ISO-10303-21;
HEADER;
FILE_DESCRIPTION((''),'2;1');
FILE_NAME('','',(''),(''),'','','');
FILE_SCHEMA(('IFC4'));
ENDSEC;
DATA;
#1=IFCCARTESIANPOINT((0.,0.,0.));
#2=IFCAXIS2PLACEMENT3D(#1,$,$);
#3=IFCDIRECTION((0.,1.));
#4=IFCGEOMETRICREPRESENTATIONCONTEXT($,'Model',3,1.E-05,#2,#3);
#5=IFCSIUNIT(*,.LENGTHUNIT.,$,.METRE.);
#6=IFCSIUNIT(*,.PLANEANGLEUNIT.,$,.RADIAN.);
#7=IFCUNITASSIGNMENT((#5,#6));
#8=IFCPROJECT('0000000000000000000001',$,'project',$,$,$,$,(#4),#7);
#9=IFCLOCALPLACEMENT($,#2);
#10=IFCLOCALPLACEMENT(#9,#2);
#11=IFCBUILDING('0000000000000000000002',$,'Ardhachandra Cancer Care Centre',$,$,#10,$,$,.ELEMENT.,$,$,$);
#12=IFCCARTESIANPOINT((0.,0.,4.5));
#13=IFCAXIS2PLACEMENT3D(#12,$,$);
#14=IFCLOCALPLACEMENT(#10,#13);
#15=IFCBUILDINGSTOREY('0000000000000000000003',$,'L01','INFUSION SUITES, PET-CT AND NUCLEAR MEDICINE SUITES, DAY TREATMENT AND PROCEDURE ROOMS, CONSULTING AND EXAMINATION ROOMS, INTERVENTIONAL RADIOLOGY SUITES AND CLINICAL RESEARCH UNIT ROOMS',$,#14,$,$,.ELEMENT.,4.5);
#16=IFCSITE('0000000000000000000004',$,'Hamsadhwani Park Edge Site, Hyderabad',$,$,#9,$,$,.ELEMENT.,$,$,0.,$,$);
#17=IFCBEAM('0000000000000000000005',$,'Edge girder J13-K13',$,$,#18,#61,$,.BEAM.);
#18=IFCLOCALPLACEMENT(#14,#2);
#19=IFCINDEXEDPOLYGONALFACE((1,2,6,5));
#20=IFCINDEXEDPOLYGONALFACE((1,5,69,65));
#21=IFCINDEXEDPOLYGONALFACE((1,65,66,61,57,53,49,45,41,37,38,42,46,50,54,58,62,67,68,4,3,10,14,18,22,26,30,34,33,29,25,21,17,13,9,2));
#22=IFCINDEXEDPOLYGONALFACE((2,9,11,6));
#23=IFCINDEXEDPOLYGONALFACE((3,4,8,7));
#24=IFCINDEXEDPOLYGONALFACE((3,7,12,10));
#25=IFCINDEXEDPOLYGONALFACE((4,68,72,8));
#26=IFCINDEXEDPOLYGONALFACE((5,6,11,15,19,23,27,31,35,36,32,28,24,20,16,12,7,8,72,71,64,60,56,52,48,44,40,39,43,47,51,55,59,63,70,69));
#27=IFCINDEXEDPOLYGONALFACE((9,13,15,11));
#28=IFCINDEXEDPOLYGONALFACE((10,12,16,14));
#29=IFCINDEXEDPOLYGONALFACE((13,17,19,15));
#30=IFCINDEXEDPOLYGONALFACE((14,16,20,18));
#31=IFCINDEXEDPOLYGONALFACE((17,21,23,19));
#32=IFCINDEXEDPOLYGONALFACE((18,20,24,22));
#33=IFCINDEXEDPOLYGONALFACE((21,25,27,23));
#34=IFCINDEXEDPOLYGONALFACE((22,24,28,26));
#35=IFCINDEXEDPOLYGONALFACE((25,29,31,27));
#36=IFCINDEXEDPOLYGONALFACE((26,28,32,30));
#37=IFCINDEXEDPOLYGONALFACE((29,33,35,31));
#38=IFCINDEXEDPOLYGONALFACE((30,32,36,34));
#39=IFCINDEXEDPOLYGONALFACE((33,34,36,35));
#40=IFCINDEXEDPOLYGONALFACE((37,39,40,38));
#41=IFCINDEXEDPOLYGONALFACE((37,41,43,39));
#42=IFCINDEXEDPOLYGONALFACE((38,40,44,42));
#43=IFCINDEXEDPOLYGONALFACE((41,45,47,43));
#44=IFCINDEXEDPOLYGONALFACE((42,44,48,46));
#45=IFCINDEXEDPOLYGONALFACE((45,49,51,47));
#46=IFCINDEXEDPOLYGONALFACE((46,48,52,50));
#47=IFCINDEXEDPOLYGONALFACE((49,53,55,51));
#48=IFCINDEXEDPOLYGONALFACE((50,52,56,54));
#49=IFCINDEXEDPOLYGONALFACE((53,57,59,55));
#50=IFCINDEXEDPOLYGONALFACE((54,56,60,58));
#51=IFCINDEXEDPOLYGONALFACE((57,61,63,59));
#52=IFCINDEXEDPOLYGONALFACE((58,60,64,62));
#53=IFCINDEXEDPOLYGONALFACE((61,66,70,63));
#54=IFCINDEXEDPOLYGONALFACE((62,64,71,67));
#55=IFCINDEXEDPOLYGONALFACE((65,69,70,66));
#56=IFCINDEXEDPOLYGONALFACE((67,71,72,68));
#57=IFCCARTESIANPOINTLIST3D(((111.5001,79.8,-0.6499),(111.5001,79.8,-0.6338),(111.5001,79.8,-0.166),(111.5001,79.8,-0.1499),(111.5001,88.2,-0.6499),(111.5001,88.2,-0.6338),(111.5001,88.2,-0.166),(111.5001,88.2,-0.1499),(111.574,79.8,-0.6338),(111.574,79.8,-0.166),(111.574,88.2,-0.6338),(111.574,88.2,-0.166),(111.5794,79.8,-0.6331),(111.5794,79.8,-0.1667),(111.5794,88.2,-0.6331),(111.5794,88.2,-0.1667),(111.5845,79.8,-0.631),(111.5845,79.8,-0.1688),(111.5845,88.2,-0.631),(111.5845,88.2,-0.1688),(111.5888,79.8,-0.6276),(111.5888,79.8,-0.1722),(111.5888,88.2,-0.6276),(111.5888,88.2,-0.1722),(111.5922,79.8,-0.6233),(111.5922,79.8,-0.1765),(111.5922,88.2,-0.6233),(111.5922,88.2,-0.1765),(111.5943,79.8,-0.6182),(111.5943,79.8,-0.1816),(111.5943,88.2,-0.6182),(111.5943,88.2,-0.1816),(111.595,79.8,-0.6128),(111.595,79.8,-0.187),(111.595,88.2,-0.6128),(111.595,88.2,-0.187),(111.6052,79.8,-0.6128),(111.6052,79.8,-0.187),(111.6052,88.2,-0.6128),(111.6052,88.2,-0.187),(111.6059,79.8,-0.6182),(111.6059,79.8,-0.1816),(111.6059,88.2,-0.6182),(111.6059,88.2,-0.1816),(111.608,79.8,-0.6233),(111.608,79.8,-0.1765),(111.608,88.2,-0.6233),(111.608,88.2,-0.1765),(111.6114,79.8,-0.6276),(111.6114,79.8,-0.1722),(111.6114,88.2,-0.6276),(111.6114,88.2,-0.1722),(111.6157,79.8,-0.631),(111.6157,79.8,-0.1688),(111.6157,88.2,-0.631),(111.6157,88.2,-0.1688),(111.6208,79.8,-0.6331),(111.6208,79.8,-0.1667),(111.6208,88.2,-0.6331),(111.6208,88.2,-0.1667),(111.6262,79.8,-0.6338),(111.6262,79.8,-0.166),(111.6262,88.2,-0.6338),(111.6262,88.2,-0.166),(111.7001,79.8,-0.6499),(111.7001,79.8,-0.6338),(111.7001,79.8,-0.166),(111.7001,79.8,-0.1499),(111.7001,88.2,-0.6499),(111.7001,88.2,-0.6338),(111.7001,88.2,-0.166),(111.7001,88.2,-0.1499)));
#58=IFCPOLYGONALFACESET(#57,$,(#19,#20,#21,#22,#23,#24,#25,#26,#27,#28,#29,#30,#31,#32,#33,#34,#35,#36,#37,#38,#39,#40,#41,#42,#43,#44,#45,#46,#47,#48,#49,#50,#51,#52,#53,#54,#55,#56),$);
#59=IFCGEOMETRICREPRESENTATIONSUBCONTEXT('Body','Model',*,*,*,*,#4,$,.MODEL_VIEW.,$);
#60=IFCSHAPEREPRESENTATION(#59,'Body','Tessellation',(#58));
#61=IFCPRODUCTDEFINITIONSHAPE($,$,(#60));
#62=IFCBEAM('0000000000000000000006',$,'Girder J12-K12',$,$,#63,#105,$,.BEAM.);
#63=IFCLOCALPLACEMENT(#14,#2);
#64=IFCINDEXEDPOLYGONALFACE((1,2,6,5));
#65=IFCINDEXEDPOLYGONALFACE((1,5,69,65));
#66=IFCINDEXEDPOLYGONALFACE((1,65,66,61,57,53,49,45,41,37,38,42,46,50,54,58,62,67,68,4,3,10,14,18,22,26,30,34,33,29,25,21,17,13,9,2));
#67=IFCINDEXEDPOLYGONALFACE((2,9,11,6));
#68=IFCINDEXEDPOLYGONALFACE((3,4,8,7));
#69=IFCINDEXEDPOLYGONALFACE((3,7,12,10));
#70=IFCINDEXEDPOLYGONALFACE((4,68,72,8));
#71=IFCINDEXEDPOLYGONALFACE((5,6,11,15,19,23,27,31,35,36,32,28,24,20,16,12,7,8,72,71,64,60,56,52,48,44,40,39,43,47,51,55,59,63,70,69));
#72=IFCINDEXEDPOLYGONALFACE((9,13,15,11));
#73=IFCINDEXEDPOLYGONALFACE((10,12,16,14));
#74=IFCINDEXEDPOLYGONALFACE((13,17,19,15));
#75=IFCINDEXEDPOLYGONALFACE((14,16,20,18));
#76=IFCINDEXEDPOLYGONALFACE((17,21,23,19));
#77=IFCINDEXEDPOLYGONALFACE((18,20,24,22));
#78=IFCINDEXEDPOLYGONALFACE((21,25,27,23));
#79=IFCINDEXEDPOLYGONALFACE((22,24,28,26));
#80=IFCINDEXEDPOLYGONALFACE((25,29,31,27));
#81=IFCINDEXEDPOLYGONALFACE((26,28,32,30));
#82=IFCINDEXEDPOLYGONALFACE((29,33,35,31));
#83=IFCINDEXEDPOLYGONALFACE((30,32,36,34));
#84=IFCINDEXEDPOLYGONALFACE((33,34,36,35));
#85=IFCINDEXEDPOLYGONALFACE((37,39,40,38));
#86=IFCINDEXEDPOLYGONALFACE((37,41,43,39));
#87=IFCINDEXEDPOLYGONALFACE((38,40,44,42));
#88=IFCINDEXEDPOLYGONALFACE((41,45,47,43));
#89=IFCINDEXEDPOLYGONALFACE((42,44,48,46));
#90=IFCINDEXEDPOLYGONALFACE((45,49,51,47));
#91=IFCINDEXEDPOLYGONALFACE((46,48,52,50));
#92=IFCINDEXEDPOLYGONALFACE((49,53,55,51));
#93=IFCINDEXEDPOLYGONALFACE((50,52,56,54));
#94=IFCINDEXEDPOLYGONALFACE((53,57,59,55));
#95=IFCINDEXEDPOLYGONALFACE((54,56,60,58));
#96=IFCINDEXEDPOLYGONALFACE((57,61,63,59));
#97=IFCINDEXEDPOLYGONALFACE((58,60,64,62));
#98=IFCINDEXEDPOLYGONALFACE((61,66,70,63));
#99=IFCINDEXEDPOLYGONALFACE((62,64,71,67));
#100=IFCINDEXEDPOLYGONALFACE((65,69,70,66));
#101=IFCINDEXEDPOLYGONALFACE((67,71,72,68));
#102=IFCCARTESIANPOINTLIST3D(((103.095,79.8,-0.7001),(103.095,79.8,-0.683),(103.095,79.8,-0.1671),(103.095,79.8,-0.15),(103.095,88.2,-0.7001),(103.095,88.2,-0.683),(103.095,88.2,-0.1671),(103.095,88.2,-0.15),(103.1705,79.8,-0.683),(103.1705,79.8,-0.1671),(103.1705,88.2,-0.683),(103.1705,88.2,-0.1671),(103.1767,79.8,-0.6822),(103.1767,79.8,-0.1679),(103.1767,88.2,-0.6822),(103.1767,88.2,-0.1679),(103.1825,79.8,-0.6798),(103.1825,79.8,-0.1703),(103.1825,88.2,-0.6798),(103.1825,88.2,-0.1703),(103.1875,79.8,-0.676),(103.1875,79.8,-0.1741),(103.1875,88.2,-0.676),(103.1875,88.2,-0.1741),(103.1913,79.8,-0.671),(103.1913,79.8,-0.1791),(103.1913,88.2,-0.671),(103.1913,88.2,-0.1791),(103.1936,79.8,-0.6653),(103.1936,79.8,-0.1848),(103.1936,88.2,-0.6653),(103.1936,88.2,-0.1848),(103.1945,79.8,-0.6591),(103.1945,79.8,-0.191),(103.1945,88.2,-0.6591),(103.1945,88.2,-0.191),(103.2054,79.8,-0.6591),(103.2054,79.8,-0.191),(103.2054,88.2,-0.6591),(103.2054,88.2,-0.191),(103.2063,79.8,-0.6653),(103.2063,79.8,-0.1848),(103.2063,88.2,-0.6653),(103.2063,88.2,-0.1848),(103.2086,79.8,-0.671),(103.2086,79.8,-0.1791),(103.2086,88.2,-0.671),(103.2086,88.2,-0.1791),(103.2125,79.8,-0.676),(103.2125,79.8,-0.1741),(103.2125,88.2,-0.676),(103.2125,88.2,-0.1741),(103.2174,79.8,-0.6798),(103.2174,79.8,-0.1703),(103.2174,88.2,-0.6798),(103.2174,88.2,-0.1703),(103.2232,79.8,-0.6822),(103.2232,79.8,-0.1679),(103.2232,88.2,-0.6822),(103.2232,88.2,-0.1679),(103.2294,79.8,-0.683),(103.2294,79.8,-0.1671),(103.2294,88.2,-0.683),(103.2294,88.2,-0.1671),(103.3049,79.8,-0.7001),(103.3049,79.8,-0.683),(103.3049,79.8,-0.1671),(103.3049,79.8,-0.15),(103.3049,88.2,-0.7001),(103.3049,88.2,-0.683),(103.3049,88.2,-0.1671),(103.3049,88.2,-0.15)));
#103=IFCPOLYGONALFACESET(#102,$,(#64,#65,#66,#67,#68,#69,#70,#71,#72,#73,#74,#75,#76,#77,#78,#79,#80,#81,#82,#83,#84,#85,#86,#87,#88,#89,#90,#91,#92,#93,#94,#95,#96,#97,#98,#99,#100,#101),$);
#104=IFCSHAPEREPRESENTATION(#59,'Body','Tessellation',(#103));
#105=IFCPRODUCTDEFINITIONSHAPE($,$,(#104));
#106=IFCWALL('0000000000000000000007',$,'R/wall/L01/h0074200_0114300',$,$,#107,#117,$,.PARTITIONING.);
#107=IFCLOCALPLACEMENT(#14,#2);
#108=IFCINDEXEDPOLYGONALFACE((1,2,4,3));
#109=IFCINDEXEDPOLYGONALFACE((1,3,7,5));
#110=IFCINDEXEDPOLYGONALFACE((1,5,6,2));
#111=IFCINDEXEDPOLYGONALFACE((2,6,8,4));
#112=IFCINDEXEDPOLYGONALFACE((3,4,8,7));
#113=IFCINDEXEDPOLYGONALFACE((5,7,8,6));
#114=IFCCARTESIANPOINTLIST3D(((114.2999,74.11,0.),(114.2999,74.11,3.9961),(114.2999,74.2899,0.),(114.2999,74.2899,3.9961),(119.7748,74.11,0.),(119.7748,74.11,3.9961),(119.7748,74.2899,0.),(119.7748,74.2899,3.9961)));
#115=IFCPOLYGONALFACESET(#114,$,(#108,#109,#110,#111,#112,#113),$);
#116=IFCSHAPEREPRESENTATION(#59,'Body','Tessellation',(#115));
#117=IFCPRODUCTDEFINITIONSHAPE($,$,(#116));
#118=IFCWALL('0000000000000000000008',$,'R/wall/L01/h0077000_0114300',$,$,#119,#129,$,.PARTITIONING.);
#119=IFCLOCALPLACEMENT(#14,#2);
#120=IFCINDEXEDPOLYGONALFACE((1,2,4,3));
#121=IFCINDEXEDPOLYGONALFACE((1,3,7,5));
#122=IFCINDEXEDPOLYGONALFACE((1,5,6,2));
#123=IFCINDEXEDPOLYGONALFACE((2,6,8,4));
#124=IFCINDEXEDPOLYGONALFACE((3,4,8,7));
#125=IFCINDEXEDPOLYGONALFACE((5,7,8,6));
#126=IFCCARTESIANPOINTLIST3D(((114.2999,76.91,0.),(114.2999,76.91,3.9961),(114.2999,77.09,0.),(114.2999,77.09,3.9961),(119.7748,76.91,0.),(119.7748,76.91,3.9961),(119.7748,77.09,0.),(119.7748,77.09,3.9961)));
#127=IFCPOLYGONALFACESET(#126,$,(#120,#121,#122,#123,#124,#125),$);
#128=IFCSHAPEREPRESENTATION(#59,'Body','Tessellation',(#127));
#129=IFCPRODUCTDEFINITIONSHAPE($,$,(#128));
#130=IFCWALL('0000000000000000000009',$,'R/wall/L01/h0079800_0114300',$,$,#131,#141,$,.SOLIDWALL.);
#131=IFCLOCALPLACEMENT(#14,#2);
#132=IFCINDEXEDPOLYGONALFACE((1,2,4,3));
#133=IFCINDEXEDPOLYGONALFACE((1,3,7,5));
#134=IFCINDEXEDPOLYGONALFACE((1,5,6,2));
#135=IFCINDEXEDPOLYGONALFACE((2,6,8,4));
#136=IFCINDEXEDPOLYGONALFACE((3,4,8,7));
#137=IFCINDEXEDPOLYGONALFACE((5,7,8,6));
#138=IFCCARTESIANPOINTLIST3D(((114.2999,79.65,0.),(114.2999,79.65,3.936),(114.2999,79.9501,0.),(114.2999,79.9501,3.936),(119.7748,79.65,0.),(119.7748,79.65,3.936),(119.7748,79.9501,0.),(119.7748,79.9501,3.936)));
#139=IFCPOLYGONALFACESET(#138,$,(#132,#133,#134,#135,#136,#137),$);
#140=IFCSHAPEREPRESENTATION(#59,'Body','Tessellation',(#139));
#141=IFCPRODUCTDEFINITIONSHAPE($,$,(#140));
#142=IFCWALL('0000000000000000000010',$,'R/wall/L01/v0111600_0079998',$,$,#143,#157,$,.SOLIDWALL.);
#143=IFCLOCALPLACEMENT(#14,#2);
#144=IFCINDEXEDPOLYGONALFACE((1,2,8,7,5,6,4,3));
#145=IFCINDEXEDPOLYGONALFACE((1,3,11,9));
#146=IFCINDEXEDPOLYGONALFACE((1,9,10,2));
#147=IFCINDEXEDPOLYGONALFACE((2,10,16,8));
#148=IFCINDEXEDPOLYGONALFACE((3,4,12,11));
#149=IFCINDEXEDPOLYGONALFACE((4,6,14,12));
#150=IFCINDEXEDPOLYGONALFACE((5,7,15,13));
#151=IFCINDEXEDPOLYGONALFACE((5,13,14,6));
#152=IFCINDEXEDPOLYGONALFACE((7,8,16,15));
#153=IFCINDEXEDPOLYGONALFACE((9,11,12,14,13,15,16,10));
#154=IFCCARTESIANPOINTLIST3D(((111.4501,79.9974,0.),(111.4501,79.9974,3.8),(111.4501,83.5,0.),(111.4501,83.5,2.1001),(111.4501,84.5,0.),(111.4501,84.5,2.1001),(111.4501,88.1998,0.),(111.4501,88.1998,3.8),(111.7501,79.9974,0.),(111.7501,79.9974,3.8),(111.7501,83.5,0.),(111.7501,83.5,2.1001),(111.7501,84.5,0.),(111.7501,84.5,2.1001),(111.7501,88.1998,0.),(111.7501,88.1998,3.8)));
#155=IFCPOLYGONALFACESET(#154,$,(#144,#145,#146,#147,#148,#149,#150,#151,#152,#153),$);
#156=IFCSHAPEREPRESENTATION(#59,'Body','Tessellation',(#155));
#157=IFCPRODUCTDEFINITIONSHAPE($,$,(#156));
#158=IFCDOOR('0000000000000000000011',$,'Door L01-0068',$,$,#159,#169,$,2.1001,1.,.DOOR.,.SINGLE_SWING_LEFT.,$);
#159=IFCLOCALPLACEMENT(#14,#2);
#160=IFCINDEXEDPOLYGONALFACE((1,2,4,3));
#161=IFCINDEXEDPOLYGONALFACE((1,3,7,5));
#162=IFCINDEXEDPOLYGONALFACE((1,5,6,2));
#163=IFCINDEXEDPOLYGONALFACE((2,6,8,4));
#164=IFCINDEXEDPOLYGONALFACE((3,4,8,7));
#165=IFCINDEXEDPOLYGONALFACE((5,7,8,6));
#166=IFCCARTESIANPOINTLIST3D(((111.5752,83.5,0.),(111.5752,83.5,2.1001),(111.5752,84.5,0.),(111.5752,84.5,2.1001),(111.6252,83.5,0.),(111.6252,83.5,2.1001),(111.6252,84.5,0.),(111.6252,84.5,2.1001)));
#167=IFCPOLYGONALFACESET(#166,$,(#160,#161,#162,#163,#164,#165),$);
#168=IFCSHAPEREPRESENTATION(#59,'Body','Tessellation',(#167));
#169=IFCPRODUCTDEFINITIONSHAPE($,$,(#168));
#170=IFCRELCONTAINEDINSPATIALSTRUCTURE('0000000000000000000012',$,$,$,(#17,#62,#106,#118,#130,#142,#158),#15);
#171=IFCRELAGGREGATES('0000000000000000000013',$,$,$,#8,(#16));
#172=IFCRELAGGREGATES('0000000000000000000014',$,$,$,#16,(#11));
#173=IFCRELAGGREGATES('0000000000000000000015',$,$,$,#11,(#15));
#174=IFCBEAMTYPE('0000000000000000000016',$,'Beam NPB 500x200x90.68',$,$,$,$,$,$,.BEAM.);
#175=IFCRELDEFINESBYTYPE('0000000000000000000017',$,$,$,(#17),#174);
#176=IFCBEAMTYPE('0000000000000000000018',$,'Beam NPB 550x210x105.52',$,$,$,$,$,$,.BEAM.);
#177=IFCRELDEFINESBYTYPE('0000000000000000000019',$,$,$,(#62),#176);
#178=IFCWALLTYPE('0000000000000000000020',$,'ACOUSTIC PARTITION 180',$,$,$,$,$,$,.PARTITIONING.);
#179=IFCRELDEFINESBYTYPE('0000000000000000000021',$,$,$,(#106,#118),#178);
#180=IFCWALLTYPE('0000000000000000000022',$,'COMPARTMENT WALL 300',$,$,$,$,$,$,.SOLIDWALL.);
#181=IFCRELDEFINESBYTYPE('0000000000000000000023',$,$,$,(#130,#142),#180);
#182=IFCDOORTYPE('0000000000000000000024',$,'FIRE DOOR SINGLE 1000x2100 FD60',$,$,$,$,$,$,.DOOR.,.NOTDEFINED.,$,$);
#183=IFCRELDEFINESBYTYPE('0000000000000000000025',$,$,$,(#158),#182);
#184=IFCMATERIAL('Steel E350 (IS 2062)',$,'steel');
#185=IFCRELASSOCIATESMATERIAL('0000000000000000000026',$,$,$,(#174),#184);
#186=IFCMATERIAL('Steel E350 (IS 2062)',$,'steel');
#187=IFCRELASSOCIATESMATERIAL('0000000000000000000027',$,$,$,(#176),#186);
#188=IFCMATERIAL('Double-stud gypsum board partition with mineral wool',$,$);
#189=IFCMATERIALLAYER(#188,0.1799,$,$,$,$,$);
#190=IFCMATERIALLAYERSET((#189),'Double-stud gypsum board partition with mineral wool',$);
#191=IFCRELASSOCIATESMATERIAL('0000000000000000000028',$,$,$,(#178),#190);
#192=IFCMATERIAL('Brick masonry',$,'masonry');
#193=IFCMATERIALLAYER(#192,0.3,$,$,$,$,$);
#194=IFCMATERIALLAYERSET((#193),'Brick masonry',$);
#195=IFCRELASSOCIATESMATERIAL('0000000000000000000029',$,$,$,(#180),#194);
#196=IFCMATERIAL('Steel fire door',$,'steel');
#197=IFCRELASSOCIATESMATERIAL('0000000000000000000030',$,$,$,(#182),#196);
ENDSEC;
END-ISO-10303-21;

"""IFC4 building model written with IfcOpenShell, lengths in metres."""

from ifc_helpers import new_model, si_unit, direction, frame, frame_2d, origin, origin_2d, place, context, subcontext, project, spatial, rectangle, i_section, extrude, material, layer, layer_set, material_profile, profile_set, type_object, element, fill, save


model = new_model("IFC4")

# Units and contexts
model_context = context("Model", 3, precision=1e-05, world=origin(), true_north=direction((0.0, 1.0)))
body_context = subcontext(model_context, "Body", "Model", "MODEL_VIEW")
ifc_project = project(units=[si_unit("LENGTHUNIT", "METRE"), si_unit("PLANEANGLEUNIT", "RADIAN")], contexts=[model_context])

# Site, building, storey
site_placement = place(None, origin())
site = spatial("IfcSite", under=ifc_project, at=site_placement, Name="Hamsadhwani Park Edge Site, Hyderabad", CompositionType="ELEMENT", RefElevation=0.0)
building_placement = place(site_placement, origin())
building = spatial("IfcBuilding", under=site, at=building_placement, Name="Ardhachandra Cancer Care Centre", CompositionType="ELEMENT")
storey_placement = place(building_placement, frame((0.0, 0.0, 4.5)))
storey = spatial("IfcBuildingStorey", under=building, at=storey_placement, Name="L01", Description="INFUSION SUITES, PET-CT AND NUCLEAR MEDICINE SUITES, DAY TREATMENT AND PROCEDURE ROOMS, CONSULTING AND EXAMINATION ROOMS, INTERVENTIONAL RADIOLOGY SUITES AND CLINICAL RESEARCH UNIT ROOMS", CompositionType="ELEMENT", Elevation=4.5)

# Beams
ifc_material_1 = material(Name="Steel E350 (IS 2062)", Category="steel")
ifc_material_profile_1 = material_profile(ifc_material_1, i_section(OverallWidth=0.2, OverallDepth=0.5, WebThickness=0.0103, FlangeThickness=0.0161, FilletRadius=0.021, at=origin_2d()), Name="NPB 500x200x90.68")
ifc_profile_set_1 = profile_set([ifc_material_profile_1], Name="Steel E350 (IS 2062)")
beam_type_1 = type_object("IfcBeamType", Name="Beam NPB 500x200x90.68", PredefinedType="BEAM", material=ifc_profile_set_1)
for number, where, z_axis, x_axis, name in (
    (1, (111.6001, 79.8, -0.3999), (0.0, 1.0, 0.0), (-1.0, 0.0, 0.0), "Edge girder J13-K13"),
):
    element("IfcBeam", number, at=place(storey_placement, frame(where, z_axis=z_axis, x_axis=x_axis)), inside=storey, type_object=beam_type_1, Name=name, PredefinedType="BEAM", context=body_context, shape_type="SweptSolid", body=[
        extrude(i_section(OverallWidth=0.2, OverallDepth=0.5, WebThickness=0.0103, FlangeThickness=0.0161, FilletRadius=0.021, at=origin_2d()), origin(), (0.0, 0.0, 1.0), 8.3999),
    ])
ifc_material_2 = material(Name="Steel E350 (IS 2062)", Category="steel")
ifc_material_profile_2 = material_profile(ifc_material_2, i_section(OverallWidth=0.21, OverallDepth=0.55, WebThickness=0.011, FlangeThickness=0.0171, FilletRadius=0.0239, at=origin_2d()), Name="NPB 550x210x105.52")
ifc_profile_set_2 = profile_set([ifc_material_profile_2], Name="Steel E350 (IS 2062)")
beam_type_2 = type_object("IfcBeamType", Name="Beam NPB 550x210x105.52", PredefinedType="BEAM", material=ifc_profile_set_2)
beam_1_placement = place(storey_placement, frame((103.2, 79.8, -0.425), z_axis=(0.0, 1.0, 0.0), x_axis=(-1.0, 0.0, 0.0)))
element("IfcBeam", 2, at=beam_1_placement, inside=storey, type_object=beam_type_2, Name="Girder J12-K12", PredefinedType="BEAM", context=body_context, shape_type="SweptSolid", body=[
    extrude(i_section(OverallWidth=0.21, OverallDepth=0.55, WebThickness=0.011, FlangeThickness=0.0171, FilletRadius=0.0239, at=origin_2d()), origin(), (0.0, 0.0, 1.0), 8.3999),
])

# Walls
ifc_material_3 = material(Name="Double-stud gypsum board partition with mineral wool")
ifc_layer_1 = layer(ifc_material_3, 0.1799)
ifc_layer_set_1 = layer_set([ifc_layer_1], Name="Double-stud gypsum board partition with mineral wool")
wall_type_1 = type_object("IfcWallType", Name="ACOUSTIC PARTITION 180", PredefinedType="PARTITIONING", material=ifc_layer_set_1)
for number, where, z_axis, x_axis, name in (
    (3, (114.3, 74.2, 0.0), (0.0, 0.0, 1.0), (1.0, 0.0, 0.0), "R/wall/L01/h0074200_0114300"),
    (4, (114.3, 77.0, 0.0), (0.0, 0.0, 1.0), (1.0, 0.0, 0.0), "R/wall/L01/h0077000_0114300"),
):
    element("IfcWall", number, at=place(storey_placement, frame(where, z_axis=z_axis, x_axis=x_axis)), inside=storey, type_object=wall_type_1, Name=name, PredefinedType="PARTITIONING", context=body_context, shape_type="SweptSolid", body=[
        extrude(rectangle(XDim=5.4749, YDim=0.1799, at=frame_2d((2.7373, 0.0))), origin(), (0.0, 0.0, 1.0), 3.9961),
    ])
ifc_material_4 = material(Name="Brick masonry", Category="masonry")
ifc_layer_2 = layer(ifc_material_4, 0.3)
ifc_layer_set_2 = layer_set([ifc_layer_2], Name="Brick masonry")
wall_type_2 = type_object("IfcWallType", Name="COMPARTMENT WALL 300", PredefinedType="SOLIDWALL", material=ifc_layer_set_2)
wall_1_placement = place(storey_placement, frame((114.3, 79.8, 0.0), z_axis=(0.0, 0.0, 1.0), x_axis=(1.0, 0.0, 0.0)))
element("IfcWall", 5, at=wall_1_placement, inside=storey, type_object=wall_type_2, Name="R/wall/L01/h0079800_0114300", PredefinedType="SOLIDWALL", context=body_context, shape_type="SweptSolid", body=[
    extrude(rectangle(XDim=5.4749, YDim=0.3, at=frame_2d((2.7373, 0.0))), origin(), (0.0, 0.0, 1.0), 3.936),
])

# Wall, opening, door
wall_2_placement = place(storey_placement, frame((111.6001, 79.9976, 0.0), z_axis=(0.0, 0.0, 1.0), x_axis=(0.0, 1.0, 0.0)))
wall_2 = element("IfcWall", 6, at=wall_2_placement, inside=storey, type_object=wall_type_2, Name="R/wall/L01/v0111600_0079998", PredefinedType="SOLIDWALL", context=body_context, shape_type="SweptSolid", body=[
    extrude(rectangle(XDim=8.2024, YDim=0.3, at=frame_2d((4.1011, 0.0))), origin(), (0.0, 0.0, 1.0), 3.8),
])
opening_1_placement = place(wall_2_placement, frame((3.5024, 0.0, 0.0)))
opening_1 = element("IfcOpeningElement", 7, at=opening_1_placement, cuts=wall_2, PredefinedType="OPENING", context=body_context, shape_type="SweptSolid", body=[
    extrude(rectangle(XDim=1.0, YDim=2.1001, at=frame_2d((0.5, 1.05))), frame((0.0, 0.1602, 0.0), z_axis=(0.0, -1.0, 0.0), x_axis=(1.0, 0.0, 0.0)), (0.0, 0.0, 1.0), 0.3201),
])
ifc_material_5 = material(Name="Steel fire door", Category="steel")
door_type_1 = type_object("IfcDoorType", Name="FIRE DOOR SINGLE 1000x2100 FD60", OperationType="NOTDEFINED", PredefinedType="DOOR", material=ifc_material_5)
door_1_placement = place(opening_1_placement, origin())
door_1 = element("IfcDoor", 8, at=door_1_placement, inside=storey, type_object=door_type_1, Name="Door L01-0068", OperationType="SINGLE_SWING_LEFT", OverallHeight=2.1001, OverallWidth=1.0, PredefinedType="DOOR", context=body_context, shape_type="SweptSolid", body=[
    extrude(rectangle(XDim=1.0, YDim=2.1001, at=frame_2d((0.5, 1.05))), frame((0.0, 0.0249, 0.0), z_axis=(0.0, -1.0, 0.0), x_axis=(1.0, 0.0, 0.0)), (0.0, 0.0, 1.0), 0.05),
])
fill(opening_1, door_1)

save(model, "model.ifc")
